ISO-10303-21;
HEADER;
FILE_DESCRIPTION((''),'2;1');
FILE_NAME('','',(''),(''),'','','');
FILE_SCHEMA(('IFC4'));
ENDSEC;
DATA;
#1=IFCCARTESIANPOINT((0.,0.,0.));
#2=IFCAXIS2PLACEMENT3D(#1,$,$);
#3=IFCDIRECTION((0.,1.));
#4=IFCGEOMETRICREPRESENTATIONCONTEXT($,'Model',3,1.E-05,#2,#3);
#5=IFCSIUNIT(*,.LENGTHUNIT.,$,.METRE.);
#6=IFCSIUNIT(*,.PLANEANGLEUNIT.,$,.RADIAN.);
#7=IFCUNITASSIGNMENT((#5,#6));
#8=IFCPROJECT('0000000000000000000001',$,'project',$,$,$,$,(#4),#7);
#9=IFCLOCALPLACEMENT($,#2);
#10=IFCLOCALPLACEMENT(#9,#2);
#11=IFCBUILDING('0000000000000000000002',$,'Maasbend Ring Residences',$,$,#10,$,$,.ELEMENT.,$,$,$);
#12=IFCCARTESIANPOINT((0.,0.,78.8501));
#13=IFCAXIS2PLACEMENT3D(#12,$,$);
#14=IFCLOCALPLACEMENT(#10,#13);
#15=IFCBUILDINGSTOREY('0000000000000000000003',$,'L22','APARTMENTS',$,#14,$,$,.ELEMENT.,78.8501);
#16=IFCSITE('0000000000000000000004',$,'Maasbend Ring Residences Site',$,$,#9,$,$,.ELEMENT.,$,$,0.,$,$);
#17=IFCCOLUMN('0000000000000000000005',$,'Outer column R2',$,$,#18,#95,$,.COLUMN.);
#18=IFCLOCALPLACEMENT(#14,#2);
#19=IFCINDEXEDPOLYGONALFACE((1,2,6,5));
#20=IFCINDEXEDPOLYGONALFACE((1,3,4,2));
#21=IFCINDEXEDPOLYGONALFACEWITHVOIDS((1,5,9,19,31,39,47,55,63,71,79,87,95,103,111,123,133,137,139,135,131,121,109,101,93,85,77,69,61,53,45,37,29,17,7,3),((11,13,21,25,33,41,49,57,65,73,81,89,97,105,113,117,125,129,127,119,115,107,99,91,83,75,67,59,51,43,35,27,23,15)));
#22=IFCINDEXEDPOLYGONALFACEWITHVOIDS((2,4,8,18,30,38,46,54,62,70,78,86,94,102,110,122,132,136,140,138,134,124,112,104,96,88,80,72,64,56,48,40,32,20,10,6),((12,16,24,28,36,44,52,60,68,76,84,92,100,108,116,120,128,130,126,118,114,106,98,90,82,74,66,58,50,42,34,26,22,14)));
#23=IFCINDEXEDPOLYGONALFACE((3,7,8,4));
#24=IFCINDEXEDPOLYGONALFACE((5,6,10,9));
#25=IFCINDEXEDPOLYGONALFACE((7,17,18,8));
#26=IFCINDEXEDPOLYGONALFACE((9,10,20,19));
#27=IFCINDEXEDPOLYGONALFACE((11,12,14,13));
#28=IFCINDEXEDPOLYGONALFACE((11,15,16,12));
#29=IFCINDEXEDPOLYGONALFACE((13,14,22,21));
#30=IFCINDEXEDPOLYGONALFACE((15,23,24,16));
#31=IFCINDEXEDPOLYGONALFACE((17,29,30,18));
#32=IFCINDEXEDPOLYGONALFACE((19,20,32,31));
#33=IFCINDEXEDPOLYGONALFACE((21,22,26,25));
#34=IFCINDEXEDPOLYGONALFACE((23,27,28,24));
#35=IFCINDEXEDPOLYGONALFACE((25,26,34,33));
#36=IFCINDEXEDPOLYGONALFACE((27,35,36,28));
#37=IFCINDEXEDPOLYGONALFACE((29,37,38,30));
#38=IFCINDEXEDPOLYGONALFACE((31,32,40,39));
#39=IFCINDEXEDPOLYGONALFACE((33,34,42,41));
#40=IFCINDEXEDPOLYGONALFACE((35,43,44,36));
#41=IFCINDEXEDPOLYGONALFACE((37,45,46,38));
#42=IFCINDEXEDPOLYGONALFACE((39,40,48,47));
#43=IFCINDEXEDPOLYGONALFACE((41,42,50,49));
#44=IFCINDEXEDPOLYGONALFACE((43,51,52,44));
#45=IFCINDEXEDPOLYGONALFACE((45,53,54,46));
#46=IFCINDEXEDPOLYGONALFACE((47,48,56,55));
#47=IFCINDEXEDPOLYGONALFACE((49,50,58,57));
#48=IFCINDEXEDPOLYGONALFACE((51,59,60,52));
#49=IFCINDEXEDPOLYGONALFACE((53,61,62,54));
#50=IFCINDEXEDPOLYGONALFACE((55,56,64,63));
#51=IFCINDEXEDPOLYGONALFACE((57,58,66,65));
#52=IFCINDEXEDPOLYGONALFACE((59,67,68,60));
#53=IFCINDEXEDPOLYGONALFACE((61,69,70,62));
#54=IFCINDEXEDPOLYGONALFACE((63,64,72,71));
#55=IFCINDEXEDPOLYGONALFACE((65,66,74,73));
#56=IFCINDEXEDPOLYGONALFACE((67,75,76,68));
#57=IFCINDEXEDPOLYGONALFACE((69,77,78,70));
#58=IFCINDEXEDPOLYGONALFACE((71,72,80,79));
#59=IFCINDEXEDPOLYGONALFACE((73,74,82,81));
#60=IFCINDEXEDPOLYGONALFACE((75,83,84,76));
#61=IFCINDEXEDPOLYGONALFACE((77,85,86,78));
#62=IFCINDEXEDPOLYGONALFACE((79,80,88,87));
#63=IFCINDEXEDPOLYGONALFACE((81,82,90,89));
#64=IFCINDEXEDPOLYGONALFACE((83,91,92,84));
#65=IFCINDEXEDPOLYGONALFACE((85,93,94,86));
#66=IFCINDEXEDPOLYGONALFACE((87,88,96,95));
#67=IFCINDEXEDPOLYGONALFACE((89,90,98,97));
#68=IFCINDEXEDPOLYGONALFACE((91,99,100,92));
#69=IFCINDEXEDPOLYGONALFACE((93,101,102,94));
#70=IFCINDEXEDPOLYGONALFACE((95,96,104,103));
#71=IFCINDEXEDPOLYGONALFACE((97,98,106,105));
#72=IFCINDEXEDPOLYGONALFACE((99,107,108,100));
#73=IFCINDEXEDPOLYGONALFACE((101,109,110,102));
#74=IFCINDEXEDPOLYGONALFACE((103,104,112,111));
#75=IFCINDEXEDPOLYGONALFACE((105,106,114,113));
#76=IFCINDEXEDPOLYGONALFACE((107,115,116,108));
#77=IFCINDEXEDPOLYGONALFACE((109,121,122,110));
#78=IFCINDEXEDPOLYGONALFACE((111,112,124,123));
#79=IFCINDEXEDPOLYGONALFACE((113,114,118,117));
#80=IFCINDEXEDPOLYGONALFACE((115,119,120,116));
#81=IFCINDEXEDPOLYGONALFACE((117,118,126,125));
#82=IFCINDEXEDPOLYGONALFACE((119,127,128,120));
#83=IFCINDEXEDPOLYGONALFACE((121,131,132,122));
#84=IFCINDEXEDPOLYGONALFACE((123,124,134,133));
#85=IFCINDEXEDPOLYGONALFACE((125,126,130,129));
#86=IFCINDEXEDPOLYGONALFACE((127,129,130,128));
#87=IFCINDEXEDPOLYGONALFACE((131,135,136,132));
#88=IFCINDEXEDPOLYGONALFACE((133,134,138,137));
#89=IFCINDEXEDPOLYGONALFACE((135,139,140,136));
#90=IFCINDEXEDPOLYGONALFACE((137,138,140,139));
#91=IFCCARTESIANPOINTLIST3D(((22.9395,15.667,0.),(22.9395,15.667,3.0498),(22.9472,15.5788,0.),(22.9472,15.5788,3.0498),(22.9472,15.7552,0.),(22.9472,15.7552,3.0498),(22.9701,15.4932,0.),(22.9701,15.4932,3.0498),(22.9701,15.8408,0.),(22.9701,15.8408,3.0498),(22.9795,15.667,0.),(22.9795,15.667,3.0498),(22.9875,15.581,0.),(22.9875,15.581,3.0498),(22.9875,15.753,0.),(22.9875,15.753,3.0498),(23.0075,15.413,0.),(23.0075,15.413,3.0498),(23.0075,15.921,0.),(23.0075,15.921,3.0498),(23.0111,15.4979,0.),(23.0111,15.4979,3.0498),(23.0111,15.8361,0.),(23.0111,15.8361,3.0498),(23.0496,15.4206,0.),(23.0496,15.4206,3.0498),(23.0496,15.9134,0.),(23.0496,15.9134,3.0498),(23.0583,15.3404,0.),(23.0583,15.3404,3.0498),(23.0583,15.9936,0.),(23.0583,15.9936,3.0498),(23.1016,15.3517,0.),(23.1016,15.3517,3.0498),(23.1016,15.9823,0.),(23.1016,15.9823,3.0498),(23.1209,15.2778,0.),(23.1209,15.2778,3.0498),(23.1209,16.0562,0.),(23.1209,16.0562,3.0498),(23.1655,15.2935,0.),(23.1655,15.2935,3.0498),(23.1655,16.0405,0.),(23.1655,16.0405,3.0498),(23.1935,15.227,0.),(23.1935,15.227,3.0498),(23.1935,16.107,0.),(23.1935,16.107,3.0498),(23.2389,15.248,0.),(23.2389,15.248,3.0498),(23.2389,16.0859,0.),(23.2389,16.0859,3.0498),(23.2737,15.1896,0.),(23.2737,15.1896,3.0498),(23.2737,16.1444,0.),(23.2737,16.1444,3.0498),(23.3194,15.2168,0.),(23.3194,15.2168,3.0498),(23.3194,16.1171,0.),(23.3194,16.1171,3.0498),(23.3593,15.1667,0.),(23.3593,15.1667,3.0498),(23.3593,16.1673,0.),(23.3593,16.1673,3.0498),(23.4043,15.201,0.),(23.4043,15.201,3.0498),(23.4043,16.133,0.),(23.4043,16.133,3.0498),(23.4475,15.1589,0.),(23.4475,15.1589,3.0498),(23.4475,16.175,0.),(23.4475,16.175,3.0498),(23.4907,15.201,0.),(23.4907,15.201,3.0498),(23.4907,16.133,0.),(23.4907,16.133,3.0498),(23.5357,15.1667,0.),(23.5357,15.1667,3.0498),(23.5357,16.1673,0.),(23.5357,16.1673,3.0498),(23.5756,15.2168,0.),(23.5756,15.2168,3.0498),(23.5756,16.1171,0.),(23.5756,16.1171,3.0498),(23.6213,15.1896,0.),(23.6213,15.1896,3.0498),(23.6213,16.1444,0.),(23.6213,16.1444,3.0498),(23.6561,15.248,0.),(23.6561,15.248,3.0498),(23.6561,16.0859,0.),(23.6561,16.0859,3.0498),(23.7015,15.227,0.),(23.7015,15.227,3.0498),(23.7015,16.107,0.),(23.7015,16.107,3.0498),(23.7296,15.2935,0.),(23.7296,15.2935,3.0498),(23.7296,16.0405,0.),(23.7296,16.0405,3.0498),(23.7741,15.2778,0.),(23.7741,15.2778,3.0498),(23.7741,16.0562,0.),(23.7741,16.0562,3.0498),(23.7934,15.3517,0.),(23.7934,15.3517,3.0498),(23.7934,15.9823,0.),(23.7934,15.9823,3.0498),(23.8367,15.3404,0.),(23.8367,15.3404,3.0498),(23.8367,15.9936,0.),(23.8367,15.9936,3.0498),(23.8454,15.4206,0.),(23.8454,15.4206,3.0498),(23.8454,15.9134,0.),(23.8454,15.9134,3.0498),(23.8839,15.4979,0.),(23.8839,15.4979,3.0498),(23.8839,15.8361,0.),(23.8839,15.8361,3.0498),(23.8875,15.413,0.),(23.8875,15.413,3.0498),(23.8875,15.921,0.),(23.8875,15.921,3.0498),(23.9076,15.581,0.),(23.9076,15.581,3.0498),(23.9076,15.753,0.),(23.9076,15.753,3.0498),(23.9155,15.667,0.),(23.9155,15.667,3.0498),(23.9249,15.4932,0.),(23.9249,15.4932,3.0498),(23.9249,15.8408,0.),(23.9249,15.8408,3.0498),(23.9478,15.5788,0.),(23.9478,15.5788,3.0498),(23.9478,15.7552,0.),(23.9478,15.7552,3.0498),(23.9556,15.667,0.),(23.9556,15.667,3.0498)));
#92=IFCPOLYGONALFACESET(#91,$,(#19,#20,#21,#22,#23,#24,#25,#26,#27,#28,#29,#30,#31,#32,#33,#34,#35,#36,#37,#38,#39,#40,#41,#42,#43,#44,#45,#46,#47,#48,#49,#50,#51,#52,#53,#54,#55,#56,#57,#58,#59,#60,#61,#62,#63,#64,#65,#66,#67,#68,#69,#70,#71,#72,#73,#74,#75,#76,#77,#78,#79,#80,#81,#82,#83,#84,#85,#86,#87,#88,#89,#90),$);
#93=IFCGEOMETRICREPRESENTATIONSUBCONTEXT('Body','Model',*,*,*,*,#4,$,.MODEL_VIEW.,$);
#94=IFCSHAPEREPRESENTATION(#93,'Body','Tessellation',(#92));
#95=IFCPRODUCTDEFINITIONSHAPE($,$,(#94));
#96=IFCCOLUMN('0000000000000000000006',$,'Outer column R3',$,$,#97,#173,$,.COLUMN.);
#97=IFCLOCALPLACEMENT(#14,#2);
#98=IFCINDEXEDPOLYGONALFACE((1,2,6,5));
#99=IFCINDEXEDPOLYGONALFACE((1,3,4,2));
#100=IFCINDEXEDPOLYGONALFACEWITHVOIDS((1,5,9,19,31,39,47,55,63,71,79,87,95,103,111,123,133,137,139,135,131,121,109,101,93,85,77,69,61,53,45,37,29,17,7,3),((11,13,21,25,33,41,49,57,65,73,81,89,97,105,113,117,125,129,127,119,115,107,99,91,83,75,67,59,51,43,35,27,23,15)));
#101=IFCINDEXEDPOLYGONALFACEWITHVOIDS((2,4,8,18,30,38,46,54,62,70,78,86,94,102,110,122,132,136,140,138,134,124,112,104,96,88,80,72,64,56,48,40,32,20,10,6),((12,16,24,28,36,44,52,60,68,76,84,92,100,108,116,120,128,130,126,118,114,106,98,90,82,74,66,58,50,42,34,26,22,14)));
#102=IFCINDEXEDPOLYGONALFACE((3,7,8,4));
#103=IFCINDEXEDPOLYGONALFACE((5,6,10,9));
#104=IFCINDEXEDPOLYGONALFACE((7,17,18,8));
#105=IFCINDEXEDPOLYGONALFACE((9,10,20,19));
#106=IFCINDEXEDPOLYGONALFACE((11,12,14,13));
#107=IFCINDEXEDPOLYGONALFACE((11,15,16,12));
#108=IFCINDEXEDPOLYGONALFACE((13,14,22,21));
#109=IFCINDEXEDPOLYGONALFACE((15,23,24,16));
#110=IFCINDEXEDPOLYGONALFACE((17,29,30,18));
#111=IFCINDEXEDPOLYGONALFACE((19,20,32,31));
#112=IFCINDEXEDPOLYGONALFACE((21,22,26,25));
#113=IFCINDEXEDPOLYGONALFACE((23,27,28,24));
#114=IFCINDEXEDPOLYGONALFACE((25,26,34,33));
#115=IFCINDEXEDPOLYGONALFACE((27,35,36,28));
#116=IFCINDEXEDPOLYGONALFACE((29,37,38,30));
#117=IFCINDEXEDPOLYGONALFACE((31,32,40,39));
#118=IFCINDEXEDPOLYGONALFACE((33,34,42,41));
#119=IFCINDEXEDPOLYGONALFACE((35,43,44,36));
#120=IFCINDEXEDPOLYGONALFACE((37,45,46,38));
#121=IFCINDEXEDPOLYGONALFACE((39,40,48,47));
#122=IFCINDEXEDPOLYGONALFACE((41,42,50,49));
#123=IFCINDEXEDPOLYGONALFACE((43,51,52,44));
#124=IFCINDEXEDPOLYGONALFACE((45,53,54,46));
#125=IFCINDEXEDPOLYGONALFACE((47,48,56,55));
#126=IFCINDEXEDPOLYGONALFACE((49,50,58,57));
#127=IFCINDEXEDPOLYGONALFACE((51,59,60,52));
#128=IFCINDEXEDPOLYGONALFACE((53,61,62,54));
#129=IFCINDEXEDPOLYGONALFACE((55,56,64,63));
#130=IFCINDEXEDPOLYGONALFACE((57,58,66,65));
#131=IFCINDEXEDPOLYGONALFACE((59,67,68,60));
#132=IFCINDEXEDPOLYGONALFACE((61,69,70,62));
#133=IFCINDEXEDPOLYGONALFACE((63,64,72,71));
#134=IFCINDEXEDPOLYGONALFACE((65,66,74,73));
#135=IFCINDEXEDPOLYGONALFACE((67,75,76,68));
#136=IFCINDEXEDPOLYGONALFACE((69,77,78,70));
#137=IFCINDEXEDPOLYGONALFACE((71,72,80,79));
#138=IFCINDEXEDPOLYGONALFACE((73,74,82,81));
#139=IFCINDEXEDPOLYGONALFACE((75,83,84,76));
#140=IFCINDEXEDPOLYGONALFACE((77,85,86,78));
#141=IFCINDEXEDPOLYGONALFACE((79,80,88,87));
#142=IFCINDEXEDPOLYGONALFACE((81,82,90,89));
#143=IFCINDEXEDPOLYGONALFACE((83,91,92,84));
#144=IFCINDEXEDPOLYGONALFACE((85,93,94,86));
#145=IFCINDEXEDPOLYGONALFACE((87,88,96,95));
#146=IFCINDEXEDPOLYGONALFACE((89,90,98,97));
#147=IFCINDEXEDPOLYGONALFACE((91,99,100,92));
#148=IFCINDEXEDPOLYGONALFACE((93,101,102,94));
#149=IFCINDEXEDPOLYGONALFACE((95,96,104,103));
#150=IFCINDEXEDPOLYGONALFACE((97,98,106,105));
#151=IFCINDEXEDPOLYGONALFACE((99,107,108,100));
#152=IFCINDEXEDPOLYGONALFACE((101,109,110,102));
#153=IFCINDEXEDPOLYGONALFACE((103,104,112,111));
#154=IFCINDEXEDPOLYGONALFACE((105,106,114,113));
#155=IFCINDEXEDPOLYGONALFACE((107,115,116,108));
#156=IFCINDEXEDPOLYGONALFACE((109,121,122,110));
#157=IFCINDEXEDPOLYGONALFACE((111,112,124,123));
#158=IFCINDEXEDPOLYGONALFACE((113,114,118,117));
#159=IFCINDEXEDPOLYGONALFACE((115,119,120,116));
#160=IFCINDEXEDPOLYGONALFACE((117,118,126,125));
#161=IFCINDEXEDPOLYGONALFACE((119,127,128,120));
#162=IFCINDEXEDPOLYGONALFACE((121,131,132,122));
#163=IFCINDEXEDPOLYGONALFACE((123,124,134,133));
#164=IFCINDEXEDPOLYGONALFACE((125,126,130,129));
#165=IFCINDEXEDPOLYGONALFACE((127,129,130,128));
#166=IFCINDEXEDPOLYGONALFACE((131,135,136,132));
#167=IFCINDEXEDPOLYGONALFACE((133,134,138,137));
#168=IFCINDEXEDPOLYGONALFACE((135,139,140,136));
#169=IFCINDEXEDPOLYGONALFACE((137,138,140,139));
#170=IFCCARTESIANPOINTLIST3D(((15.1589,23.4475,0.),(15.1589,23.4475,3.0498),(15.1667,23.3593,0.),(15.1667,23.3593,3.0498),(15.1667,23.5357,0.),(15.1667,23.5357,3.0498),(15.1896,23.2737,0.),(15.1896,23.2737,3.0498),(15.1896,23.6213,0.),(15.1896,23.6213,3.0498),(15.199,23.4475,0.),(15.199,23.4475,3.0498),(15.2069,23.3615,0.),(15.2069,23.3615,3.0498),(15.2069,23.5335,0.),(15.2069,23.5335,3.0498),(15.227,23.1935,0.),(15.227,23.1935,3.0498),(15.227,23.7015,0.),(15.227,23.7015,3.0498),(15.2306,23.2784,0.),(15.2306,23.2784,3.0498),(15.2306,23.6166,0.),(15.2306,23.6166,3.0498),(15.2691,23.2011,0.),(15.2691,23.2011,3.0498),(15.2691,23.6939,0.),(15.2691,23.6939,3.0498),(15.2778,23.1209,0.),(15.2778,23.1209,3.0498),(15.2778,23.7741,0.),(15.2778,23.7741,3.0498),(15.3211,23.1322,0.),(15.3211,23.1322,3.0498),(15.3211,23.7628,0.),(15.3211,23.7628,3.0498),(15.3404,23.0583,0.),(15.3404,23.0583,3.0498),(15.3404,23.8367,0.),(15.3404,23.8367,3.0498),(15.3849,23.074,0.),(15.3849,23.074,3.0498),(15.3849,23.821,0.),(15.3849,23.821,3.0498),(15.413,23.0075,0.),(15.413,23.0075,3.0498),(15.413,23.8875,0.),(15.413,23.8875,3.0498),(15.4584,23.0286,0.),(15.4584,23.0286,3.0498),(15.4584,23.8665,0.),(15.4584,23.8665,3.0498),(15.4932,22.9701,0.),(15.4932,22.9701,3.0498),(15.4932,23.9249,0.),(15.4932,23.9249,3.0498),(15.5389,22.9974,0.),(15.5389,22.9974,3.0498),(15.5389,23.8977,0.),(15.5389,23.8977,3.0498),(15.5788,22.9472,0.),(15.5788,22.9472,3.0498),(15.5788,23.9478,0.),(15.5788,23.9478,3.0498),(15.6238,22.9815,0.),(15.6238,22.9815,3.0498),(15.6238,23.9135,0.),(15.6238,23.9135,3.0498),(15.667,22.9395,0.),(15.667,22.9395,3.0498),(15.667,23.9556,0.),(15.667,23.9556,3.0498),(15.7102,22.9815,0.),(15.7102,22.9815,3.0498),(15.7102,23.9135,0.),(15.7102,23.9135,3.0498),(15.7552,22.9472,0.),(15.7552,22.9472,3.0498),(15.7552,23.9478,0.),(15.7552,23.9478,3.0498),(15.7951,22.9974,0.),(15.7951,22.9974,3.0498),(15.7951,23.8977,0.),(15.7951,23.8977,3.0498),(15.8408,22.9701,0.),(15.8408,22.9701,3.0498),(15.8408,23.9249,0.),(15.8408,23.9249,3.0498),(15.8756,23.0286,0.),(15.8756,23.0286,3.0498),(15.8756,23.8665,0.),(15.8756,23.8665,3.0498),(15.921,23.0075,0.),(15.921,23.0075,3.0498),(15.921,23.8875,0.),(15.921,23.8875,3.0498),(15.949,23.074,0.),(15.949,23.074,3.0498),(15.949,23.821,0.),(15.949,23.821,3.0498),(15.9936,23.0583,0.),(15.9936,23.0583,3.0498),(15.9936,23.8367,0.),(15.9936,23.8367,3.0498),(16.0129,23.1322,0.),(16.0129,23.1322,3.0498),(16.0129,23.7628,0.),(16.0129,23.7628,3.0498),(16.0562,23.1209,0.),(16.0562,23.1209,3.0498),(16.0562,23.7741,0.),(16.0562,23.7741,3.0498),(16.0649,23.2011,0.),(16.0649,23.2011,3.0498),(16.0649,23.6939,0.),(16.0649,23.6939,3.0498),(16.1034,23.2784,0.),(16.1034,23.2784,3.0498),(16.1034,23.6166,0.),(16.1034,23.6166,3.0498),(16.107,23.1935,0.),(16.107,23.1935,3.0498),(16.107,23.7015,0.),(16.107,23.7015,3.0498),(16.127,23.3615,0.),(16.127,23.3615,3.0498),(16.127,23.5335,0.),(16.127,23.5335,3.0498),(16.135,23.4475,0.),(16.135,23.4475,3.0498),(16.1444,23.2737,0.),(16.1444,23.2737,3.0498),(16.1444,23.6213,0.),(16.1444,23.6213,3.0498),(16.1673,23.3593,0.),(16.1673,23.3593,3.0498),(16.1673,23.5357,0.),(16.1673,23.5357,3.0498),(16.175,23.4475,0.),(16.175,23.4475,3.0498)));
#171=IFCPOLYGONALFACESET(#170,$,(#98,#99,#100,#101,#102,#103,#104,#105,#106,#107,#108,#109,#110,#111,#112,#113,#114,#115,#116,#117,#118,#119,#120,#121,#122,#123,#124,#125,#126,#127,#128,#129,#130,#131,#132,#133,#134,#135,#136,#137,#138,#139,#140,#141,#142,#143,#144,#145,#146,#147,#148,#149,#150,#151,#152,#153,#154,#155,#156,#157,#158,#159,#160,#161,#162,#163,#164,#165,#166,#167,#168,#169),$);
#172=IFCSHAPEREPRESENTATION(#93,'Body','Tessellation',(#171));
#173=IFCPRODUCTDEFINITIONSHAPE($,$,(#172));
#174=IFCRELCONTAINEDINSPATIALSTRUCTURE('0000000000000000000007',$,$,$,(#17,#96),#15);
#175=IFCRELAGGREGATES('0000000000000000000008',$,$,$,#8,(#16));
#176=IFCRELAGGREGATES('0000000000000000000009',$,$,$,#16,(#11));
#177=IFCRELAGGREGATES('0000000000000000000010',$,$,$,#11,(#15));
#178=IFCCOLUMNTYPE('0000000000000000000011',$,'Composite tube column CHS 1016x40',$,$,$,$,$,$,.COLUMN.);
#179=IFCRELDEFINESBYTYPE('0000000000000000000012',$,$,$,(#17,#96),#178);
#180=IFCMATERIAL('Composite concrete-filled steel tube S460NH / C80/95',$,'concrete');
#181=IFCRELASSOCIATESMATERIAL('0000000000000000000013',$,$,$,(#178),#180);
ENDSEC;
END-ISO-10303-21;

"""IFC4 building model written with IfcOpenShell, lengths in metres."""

from ifc_helpers import new_model, si_unit, direction, frame, origin, origin_2d, place, context, subcontext, project, spatial, hollow_circle, extrude, material, material_profile, profile_set, type_object, element, save


model = new_model("IFC4")

# Units and contexts
model_context = context("Model", 3, precision=1e-05, world=origin(), true_north=direction((0.0, 1.0)))
body_context = subcontext(model_context, "Body", "Model", "MODEL_VIEW")
ifc_project = project(units=[si_unit("LENGTHUNIT", "METRE"), si_unit("PLANEANGLEUNIT", "RADIAN")], contexts=[model_context])

# Site, building, storey
site_placement = place(None, origin())
site = spatial("IfcSite", under=ifc_project, at=site_placement, Name="Maasbend Ring Residences Site", CompositionType="ELEMENT", RefElevation=0.0)
building_placement = place(site_placement, origin())
building = spatial("IfcBuilding", under=site, at=building_placement, Name="Maasbend Ring Residences", CompositionType="ELEMENT")
storey_placement = place(building_placement, frame((0.0, 0.0, 78.8501)))
storey = spatial("IfcBuildingStorey", under=building, at=storey_placement, Name="L22", Description="APARTMENTS", CompositionType="ELEMENT", Elevation=78.8501)

# Columns
ifc_material_1 = material(Name="Composite concrete-filled steel tube S460NH / C80/95", Category="concrete")
ifc_material_profile_1 = material_profile(ifc_material_1, hollow_circle(Radius=0.5081, WallThickness=0.04, at=origin_2d()), Name="Composite tube column CHS 1016x40")
ifc_profile_set_1 = profile_set([ifc_material_profile_1], Name="Composite concrete-filled steel tube S460NH / C80/95")
column_type = type_object("IfcColumnType", Name="Composite tube column CHS 1016x40", PredefinedType="COLUMN", material=ifc_profile_set_1)
for number, where, z_axis, x_axis, name in (
    (1, (23.4475, 15.667, 0.0), (0.0, 0.0, 1.0), (1.0, 0.0, 0.0), "Outer column R2"),
    (2, (15.667, 23.4475, 0.0), (0.0, 0.0, 1.0), (1.0, 0.0, 0.0), "Outer column R3"),
):
    element("IfcColumn", number, at=place(storey_placement, frame(where, z_axis=z_axis, x_axis=x_axis)), inside=storey, type_object=column_type, Name=name, PredefinedType="COLUMN", context=body_context, shape_type="SweptSolid", body=[
        extrude(hollow_circle(Radius=0.5081, WallThickness=0.04, at=origin_2d()), origin(), (0.0, 0.0, 1.0), 3.0498),
    ])

save(model, "model.ifc")
